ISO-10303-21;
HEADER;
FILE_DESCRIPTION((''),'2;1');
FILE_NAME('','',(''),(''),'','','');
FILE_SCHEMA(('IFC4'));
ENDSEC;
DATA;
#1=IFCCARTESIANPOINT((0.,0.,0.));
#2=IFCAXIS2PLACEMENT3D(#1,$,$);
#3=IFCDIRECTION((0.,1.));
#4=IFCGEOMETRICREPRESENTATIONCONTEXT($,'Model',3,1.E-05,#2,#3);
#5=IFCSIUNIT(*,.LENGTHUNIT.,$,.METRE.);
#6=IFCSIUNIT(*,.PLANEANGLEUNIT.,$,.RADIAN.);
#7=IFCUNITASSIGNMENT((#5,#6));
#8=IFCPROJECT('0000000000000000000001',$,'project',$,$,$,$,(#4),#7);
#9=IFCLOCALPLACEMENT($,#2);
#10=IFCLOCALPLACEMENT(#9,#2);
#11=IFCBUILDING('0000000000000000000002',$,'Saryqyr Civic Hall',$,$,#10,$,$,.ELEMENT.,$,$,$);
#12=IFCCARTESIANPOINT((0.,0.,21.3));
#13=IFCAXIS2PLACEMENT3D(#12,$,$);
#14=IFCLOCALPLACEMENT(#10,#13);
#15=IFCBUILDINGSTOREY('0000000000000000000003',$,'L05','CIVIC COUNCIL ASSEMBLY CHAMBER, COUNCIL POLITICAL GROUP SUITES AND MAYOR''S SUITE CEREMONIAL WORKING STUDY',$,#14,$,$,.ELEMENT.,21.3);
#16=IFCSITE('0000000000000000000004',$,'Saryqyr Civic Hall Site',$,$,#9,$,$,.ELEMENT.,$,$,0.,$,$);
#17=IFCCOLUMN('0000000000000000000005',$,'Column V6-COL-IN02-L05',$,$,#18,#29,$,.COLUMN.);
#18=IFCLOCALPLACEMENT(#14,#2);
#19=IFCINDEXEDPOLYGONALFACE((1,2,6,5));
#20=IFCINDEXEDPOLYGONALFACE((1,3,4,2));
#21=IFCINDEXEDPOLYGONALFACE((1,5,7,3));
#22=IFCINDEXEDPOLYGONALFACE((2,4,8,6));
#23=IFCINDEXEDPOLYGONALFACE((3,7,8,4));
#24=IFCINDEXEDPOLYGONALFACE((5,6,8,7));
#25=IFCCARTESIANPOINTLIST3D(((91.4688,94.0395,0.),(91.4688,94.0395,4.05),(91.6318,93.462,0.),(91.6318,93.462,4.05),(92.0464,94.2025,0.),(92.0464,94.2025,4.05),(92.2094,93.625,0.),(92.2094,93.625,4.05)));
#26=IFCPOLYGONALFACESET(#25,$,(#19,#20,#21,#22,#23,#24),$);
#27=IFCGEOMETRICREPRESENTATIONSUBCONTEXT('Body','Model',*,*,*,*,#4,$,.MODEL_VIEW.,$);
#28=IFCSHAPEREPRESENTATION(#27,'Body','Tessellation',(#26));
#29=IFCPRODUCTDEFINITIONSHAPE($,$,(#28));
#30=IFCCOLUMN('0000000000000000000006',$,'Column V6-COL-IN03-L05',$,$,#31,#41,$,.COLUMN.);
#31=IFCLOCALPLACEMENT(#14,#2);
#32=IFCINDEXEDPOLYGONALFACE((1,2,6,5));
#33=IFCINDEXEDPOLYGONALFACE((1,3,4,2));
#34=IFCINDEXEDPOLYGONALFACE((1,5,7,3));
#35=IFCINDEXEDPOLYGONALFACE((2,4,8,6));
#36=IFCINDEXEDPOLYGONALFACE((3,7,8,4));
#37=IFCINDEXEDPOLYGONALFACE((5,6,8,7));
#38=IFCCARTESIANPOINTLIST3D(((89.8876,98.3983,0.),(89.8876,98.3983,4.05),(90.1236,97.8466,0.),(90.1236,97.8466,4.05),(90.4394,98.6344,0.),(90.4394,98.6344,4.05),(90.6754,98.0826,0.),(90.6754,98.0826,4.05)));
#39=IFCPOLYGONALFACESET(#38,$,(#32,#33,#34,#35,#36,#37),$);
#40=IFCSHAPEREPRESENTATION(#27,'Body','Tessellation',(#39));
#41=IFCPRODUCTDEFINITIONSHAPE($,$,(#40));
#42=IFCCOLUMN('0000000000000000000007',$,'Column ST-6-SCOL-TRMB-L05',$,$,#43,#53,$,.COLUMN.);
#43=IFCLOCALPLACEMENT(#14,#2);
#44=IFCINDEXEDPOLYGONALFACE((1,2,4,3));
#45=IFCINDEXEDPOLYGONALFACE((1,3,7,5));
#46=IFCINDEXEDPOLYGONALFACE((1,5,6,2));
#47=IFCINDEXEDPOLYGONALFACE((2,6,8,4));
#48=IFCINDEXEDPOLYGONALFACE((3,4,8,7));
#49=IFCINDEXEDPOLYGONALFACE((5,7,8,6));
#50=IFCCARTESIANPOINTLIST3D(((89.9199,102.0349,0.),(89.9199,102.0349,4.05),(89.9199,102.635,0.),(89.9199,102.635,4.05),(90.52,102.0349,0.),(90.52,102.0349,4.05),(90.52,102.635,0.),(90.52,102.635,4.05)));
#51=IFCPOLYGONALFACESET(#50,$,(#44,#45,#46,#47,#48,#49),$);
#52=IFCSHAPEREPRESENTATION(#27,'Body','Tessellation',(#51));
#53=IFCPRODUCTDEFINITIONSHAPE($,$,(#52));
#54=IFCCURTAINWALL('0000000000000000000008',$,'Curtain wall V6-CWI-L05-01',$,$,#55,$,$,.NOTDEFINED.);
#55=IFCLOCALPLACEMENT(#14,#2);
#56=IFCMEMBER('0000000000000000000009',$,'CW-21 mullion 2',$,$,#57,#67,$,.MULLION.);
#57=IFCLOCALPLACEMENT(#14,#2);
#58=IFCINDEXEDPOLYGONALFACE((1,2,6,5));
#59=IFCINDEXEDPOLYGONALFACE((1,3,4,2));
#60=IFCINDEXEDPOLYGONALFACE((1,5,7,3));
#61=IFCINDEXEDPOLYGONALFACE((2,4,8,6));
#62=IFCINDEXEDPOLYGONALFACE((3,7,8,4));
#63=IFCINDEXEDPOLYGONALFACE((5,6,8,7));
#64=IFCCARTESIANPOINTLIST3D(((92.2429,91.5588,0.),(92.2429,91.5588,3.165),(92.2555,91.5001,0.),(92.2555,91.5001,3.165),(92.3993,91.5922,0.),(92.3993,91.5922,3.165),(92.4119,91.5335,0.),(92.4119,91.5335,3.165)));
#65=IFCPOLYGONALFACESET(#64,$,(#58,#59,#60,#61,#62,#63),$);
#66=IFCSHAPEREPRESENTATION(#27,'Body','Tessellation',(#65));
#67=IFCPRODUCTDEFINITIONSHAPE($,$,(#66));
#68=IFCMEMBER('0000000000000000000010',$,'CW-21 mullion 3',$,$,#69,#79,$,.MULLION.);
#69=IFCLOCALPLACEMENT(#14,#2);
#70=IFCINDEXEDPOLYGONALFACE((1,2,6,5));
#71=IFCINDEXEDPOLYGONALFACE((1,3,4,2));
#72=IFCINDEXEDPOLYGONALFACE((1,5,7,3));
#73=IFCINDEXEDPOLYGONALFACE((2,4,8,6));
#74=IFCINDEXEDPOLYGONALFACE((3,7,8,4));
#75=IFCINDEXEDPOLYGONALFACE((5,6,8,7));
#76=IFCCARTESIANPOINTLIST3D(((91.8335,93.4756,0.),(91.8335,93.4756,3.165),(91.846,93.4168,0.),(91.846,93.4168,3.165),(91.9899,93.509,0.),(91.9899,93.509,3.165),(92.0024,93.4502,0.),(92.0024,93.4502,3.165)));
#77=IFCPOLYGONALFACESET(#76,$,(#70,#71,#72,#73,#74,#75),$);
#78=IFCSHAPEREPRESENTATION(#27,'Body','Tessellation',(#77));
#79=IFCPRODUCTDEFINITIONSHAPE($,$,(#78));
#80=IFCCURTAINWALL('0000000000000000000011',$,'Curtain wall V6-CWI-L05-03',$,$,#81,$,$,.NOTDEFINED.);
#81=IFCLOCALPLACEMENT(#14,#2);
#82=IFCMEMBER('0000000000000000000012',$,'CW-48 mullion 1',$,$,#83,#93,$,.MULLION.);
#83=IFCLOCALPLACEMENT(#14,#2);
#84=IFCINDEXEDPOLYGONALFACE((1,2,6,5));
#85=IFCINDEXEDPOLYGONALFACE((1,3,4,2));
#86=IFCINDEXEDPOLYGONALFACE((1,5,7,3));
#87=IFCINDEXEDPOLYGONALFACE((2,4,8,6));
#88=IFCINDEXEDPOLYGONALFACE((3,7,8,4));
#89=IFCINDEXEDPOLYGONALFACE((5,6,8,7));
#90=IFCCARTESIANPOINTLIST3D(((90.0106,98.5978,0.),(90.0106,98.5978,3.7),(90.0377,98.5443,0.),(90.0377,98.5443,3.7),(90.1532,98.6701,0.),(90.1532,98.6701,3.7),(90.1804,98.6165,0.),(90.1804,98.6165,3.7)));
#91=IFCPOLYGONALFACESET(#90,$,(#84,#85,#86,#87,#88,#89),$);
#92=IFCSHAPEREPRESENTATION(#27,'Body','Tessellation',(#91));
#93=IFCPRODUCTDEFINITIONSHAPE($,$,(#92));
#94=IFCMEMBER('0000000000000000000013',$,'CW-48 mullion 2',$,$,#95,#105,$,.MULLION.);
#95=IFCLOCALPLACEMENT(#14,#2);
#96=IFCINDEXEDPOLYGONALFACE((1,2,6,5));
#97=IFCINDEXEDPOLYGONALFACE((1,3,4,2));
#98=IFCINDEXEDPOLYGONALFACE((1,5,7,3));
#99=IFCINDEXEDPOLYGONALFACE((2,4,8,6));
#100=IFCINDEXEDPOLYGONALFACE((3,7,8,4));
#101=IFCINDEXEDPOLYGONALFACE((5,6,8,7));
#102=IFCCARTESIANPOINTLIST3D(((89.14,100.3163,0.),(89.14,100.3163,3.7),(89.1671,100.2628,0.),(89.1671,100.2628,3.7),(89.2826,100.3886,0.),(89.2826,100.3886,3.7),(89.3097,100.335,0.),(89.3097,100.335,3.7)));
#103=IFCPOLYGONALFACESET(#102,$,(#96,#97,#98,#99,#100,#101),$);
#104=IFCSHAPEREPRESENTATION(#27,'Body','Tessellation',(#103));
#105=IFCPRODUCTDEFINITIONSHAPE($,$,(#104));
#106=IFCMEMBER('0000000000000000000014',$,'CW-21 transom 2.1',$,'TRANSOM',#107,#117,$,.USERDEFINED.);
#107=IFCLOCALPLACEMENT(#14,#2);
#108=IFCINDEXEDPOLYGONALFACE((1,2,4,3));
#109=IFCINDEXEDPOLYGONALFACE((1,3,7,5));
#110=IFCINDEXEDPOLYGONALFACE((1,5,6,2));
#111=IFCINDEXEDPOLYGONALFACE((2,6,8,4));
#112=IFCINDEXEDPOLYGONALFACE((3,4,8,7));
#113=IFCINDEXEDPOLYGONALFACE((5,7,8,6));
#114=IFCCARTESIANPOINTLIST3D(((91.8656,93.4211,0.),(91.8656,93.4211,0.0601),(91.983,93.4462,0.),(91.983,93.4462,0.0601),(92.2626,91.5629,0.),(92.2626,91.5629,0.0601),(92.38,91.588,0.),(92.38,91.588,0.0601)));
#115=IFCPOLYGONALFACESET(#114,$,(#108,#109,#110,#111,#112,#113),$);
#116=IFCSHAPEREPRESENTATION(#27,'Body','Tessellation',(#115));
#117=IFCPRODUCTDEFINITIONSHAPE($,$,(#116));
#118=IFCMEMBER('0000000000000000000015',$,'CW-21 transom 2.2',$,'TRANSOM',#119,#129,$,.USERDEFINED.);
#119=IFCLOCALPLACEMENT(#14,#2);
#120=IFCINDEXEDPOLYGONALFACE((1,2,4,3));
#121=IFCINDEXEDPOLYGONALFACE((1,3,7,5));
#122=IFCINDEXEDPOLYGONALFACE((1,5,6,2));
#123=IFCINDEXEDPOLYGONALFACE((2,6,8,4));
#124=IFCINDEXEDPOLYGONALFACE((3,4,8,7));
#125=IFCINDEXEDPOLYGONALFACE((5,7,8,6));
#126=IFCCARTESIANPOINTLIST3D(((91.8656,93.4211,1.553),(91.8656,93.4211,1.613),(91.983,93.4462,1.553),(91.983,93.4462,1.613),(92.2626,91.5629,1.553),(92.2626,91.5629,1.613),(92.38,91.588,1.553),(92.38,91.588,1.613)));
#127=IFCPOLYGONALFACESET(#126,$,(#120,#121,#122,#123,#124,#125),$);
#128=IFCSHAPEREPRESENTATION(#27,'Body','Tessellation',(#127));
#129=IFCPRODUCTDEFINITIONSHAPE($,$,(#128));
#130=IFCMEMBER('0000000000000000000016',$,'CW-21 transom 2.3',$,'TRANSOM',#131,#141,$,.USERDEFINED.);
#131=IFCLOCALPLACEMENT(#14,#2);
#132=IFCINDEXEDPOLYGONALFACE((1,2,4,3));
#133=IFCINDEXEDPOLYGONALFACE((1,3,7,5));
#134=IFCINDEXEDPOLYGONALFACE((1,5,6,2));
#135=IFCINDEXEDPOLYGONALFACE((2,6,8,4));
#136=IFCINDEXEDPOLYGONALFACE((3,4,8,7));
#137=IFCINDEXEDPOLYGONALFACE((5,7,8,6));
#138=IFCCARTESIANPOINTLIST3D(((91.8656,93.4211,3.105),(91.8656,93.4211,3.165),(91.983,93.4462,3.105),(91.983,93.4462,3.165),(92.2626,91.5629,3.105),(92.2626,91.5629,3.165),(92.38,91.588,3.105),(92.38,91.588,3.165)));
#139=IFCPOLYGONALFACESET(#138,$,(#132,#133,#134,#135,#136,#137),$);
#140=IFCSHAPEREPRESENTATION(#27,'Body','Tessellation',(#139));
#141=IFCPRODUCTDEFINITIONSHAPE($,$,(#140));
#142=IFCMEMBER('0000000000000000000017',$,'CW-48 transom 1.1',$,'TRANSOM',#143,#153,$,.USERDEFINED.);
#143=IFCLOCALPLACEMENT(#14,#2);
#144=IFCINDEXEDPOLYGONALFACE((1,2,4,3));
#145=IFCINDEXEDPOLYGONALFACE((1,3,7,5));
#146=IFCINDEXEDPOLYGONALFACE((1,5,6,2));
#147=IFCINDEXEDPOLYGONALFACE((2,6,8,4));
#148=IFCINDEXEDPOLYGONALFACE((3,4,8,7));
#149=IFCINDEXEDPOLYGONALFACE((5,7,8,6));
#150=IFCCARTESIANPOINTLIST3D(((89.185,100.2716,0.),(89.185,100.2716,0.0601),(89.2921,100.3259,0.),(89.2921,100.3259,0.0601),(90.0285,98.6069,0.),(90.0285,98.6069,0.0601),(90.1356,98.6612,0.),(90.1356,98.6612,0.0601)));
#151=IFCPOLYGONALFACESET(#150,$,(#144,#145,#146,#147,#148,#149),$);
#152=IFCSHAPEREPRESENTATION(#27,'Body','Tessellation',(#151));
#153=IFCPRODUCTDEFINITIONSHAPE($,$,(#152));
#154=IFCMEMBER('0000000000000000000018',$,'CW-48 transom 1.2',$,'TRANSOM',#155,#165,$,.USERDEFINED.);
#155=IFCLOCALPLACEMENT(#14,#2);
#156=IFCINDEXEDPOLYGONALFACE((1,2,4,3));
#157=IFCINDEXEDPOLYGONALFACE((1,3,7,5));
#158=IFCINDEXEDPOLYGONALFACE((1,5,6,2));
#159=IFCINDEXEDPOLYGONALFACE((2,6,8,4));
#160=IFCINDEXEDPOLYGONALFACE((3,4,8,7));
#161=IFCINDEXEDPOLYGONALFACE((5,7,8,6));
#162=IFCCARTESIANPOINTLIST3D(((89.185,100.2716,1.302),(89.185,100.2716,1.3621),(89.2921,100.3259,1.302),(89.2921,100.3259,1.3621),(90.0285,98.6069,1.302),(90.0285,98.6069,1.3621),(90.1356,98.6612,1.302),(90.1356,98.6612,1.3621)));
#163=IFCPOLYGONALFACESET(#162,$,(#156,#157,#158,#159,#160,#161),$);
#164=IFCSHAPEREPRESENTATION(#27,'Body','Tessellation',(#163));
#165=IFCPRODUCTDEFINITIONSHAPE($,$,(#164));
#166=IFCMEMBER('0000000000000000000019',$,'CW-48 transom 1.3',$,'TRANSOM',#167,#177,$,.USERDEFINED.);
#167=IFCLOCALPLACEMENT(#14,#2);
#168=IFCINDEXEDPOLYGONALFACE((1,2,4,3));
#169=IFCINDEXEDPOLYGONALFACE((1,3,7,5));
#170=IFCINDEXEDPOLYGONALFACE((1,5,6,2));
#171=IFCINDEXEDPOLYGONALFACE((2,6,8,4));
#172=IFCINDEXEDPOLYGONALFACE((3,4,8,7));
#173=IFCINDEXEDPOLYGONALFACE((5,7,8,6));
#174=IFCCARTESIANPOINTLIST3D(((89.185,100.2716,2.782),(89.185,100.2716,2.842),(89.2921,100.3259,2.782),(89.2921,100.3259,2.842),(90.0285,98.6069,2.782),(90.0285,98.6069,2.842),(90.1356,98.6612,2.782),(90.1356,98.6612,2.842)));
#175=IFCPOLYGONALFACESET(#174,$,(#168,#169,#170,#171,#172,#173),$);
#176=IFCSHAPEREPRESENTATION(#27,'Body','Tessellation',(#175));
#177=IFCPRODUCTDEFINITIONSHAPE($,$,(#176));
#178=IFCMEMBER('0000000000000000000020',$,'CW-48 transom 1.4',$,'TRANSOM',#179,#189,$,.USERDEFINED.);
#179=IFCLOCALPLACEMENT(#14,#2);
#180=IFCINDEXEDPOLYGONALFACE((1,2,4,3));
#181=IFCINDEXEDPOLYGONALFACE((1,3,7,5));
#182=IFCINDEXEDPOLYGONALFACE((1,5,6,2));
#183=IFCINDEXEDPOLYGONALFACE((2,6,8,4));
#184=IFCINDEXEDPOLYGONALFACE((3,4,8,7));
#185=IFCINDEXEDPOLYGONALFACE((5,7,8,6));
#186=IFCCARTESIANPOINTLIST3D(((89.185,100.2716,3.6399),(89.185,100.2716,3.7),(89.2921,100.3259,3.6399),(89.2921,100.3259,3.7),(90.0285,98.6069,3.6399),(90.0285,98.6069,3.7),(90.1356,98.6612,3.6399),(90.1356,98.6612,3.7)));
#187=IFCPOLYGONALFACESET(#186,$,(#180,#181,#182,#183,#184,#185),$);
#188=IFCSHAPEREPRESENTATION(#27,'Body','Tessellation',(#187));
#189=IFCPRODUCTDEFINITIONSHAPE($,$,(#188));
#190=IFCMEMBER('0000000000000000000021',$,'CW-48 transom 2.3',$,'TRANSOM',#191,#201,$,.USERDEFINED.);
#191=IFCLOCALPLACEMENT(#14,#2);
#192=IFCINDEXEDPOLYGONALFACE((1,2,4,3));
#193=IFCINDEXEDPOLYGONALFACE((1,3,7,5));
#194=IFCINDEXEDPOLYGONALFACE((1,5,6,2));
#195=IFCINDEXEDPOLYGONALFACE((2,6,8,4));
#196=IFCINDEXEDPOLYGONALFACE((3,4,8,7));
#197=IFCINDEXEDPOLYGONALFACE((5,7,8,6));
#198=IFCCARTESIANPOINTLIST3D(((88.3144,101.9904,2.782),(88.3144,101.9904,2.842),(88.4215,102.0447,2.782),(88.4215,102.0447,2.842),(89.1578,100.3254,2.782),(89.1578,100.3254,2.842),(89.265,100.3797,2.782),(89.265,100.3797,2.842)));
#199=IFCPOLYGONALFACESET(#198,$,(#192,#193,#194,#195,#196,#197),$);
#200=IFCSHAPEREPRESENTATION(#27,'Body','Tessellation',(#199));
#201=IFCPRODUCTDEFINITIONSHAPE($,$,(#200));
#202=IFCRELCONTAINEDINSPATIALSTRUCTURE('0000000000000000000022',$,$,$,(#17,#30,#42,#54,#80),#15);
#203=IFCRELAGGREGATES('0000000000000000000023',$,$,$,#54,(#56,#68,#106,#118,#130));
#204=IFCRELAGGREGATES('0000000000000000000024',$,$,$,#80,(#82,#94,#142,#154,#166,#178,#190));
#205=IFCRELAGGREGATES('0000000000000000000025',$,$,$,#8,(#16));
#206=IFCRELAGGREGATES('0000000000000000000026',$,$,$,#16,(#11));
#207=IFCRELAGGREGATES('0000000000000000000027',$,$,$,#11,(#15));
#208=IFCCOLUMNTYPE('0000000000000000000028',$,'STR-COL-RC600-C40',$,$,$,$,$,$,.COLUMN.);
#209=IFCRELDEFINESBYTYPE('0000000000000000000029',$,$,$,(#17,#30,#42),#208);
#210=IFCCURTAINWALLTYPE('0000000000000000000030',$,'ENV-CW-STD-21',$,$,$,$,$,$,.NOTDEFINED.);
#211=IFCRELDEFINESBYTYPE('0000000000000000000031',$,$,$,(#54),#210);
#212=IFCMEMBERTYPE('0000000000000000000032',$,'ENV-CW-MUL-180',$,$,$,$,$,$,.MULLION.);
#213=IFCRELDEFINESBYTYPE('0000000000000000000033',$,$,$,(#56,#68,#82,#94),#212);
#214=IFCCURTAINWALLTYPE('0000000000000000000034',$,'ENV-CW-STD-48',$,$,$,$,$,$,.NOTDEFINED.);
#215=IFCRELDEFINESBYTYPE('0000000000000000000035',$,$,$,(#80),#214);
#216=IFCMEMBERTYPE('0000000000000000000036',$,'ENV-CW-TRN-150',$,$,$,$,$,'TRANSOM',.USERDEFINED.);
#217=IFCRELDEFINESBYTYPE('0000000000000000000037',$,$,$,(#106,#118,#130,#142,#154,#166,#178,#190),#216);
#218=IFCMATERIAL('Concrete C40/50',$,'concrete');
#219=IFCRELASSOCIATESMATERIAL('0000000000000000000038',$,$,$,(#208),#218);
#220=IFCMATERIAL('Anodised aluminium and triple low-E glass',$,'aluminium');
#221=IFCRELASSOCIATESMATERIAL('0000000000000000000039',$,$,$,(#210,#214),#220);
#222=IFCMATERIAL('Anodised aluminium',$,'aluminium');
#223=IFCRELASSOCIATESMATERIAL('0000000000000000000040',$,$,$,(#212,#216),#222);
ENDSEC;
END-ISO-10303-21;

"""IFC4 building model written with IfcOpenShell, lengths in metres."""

from ifc_helpers import new_model, si_unit, direction, frame, origin, origin_2d, place, context, subcontext, project, spatial, rectangle, extrude, material, material_profile, profile_set, type_object, element, aggregate, save


model = new_model("IFC4")

# Units and contexts
model_context = context("Model", 3, precision=1e-05, world=origin(), true_north=direction((0.0, 1.0)))
body_context = subcontext(model_context, "Body", "Model", "MODEL_VIEW")
ifc_project = project(units=[si_unit("LENGTHUNIT", "METRE"), si_unit("PLANEANGLEUNIT", "RADIAN")], contexts=[model_context])

# Site, building, storey
site_placement = place(None, origin())
site = spatial("IfcSite", under=ifc_project, at=site_placement, Name="Saryqyr Civic Hall Site", CompositionType="ELEMENT", RefElevation=0.0)
building_placement = place(site_placement, origin())
building = spatial("IfcBuilding", under=site, at=building_placement, Name="Saryqyr Civic Hall", CompositionType="ELEMENT")
storey_placement = place(building_placement, frame((0.0, 0.0, 21.3)))
storey = spatial("IfcBuildingStorey", under=building, at=storey_placement, Name="L05", Description="CIVIC COUNCIL ASSEMBLY CHAMBER, COUNCIL POLITICAL GROUP SUITES AND MAYOR'S SUITE CEREMONIAL WORKING STUDY", CompositionType="ELEMENT", Elevation=21.3)

# Columns
ifc_material_1 = material(Name="Concrete C40/50", Category="concrete")
ifc_material_profile_1 = material_profile(ifc_material_1, rectangle(XDim=0.6001, YDim=0.6001, at=origin_2d()), Name="RC 600x600")
ifc_profile_set_1 = profile_set([ifc_material_profile_1], Name="Concrete C40/50")
column_type = type_object("IfcColumnType", Name="STR-COL-RC600-C40", PredefinedType="COLUMN", material=ifc_profile_set_1)
for number, where, z_axis, x_axis, name in (
    (1, (91.8391, 93.8323, 0.0), (0.0, 0.0, 1.0), (0.962408, 0.271608, 0.0), "Column V6-COL-IN02-L05"),
    (2, (90.2815, 98.2405, 0.0), (0.0, 0.0, 1.0), (0.91941, 0.3933, 0.0), "Column V6-COL-IN03-L05"),
    (3, (90.22, 102.335, 0.0), (0.0, 0.0, 1.0), (1.0, 0.0, 0.0), "Column ST-6-SCOL-TRMB-L05"),
):
    element("IfcColumn", number, at=place(storey_placement, frame(where, z_axis=z_axis, x_axis=x_axis)), inside=storey, type_object=column_type, Name=name, PredefinedType="COLUMN", context=body_context, shape_type="SweptSolid", body=[
        extrude(rectangle(XDim=0.6001, YDim=0.6001, at=origin_2d()), origin(), (0.0, 0.0, 1.0), 4.05),
    ])

# Curtain walls, members
ifc_material_2 = material(Name="Anodised aluminium and triple low-E glass", Category="aluminium")
curtain_wall_type_1 = type_object("IfcCurtainWallType", Name="ENV-CW-STD-21", PredefinedType="NOTDEFINED", material=ifc_material_2)
curtain_wall_1_placement = place(storey_placement, origin())
curtain_wall_1 = element("IfcCurtainWall", 4, at=curtain_wall_1_placement, inside=storey, type_object=curtain_wall_type_1, Name="Curtain wall V6-CWI-L05-01", PredefinedType="NOTDEFINED")
ifc_material_3 = material(Name="Anodised aluminium", Category="aluminium")
ifc_material_profile_2 = material_profile(ifc_material_3, rectangle(XDim=0.0601, YDim=0.1599, at=origin_2d()), Name="ALU MULLION 60x160")
ifc_profile_set_2 = profile_set([ifc_material_profile_2], Name="Anodised aluminium")
member_type_1 = type_object("IfcMemberType", Name="ENV-CW-MUL-180", PredefinedType="MULLION", material=ifc_profile_set_2)
member_1_placement = place(storey_placement, frame((92.3274, 91.5461, 0.0), z_axis=(0.0, 0.0, 1.0), x_axis=(-0.208899, 0.977937, 0.0)))
member_1 = element("IfcMember", 5, at=member_1_placement, type_object=member_type_1, Name="CW-21 mullion 2", PredefinedType="MULLION", context=body_context, shape_type="SweptSolid", body=[
    extrude(rectangle(XDim=0.0601, YDim=0.1599, at=origin_2d()), origin(), (0.0, 0.0, 1.0), 3.165),
])
member_2_placement = place(storey_placement, frame((91.918, 93.4629, 0.0), z_axis=(0.0, 0.0, 1.0), x_axis=(-0.208899, 0.977937, 0.0)))
member_2 = element("IfcMember", 6, at=member_2_placement, type_object=member_type_1, Name="CW-21 mullion 3", PredefinedType="MULLION", context=body_context, shape_type="SweptSolid", body=[
    extrude(rectangle(XDim=0.0601, YDim=0.1599, at=origin_2d()), origin(), (0.0, 0.0, 1.0), 3.165),
])
curtain_wall_type_2 = type_object("IfcCurtainWallType", Name="ENV-CW-STD-48", PredefinedType="NOTDEFINED", material=ifc_material_2)
curtain_wall_2_placement = place(storey_placement, origin())
curtain_wall_2 = element("IfcCurtainWall", 7, at=curtain_wall_2_placement, inside=storey, type_object=curtain_wall_type_2, Name="Curtain wall V6-CWI-L05-03", PredefinedType="NOTDEFINED")
member_3_placement = place(storey_placement, frame((90.0955, 98.6072, 0.0), z_axis=(0.0, 0.0, 1.0), x_axis=(-0.45191, 0.892064, 0.0)))
member_3 = element("IfcMember", 8, at=member_3_placement, type_object=member_type_1, Name="CW-48 mullion 1", PredefinedType="MULLION", context=body_context, shape_type="SweptSolid", body=[
    extrude(rectangle(XDim=0.0601, YDim=0.1599, at=origin_2d()), origin(), (0.0, 0.0, 1.0), 3.7),
])
member_4_placement = place(storey_placement, frame((89.2249, 100.3257, 0.0), z_axis=(0.0, 0.0, 1.0), x_axis=(-0.45191, 0.892064, 0.0)))
member_4 = element("IfcMember", 9, at=member_4_placement, type_object=member_type_1, Name="CW-48 mullion 2", PredefinedType="MULLION", context=body_context, shape_type="SweptSolid", body=[
    extrude(rectangle(XDim=0.0601, YDim=0.1599, at=origin_2d()), origin(), (0.0, 0.0, 1.0), 3.7),
])

# Members
ifc_material_profile_3 = material_profile(ifc_material_3, rectangle(XDim=0.1201, YDim=0.0601, at=origin_2d()), Name="ALU TRANSOM 120x60")
ifc_profile_set_3 = profile_set([ifc_material_profile_3], Name="Anodised aluminium")
member_type_2 = type_object("IfcMemberType", Name="ENV-CW-TRN-150", ElementType="TRANSOM", PredefinedType="USERDEFINED", material=ifc_profile_set_3)
member_5_placement = place(storey_placement, frame((92.3213, 91.5754, 0.03), z_axis=(-0.208924, 0.977932, 0.0), x_axis=(-0.977932, -0.208924, 0.0)))
member_5 = element("IfcMember", 10, at=member_5_placement, type_object=member_type_2, Name="CW-21 transom 2.1", ObjectType="TRANSOM", PredefinedType="USERDEFINED", context=body_context, shape_type="SweptSolid", body=[
    extrude(rectangle(XDim=0.1201, YDim=0.0601, at=origin_2d()), origin(), (0.0, 0.0, 1.0), 1.9001),
])
member_6_placement = place(storey_placement, frame((92.3213, 91.5754, 1.583), z_axis=(-0.208924, 0.977932, 0.0), x_axis=(-0.977932, -0.208924, 0.0)))
member_6 = element("IfcMember", 11, at=member_6_placement, type_object=member_type_2, Name="CW-21 transom 2.2", ObjectType="TRANSOM", PredefinedType="USERDEFINED", context=body_context, shape_type="SweptSolid", body=[
    extrude(rectangle(XDim=0.1201, YDim=0.0601, at=origin_2d()), origin(), (0.0, 0.0, 1.0), 1.9001),
])
member_7_placement = place(storey_placement, frame((92.3213, 91.5754, 3.135), z_axis=(-0.208924, 0.977932, 0.0), x_axis=(-0.977932, -0.208924, 0.0)))
member_7 = element("IfcMember", 12, at=member_7_placement, type_object=member_type_2, Name="CW-21 transom 2.3", ObjectType="TRANSOM", PredefinedType="USERDEFINED", context=body_context, shape_type="SweptSolid", body=[
    extrude(rectangle(XDim=0.1201, YDim=0.0601, at=origin_2d()), origin(), (0.0, 0.0, 1.0), 1.9001),
])
member_8_placement = place(storey_placement, frame((90.082, 98.634, 0.03), z_axis=(-0.451969, 0.892034, 0.0), x_axis=(-0.892034, -0.451969, 0.0)))
member_8 = element("IfcMember", 13, at=member_8_placement, type_object=member_type_2, Name="CW-48 transom 1.1", ObjectType="TRANSOM", PredefinedType="USERDEFINED", context=body_context, shape_type="SweptSolid", body=[
    extrude(rectangle(XDim=0.1201, YDim=0.0601, at=origin_2d()), origin(), (0.0, 0.0, 1.0), 1.8662),
])
member_9_placement = place(storey_placement, frame((90.082, 98.634, 1.332), z_axis=(-0.451969, 0.892034, 0.0), x_axis=(-0.892034, -0.451969, 0.0)))
member_9 = element("IfcMember", 14, at=member_9_placement, type_object=member_type_2, Name="CW-48 transom 1.2", ObjectType="TRANSOM", PredefinedType="USERDEFINED", context=body_context, shape_type="SweptSolid", body=[
    extrude(rectangle(XDim=0.1201, YDim=0.0601, at=origin_2d()), origin(), (0.0, 0.0, 1.0), 1.8662),
])
member_10_placement = place(storey_placement, frame((90.082, 98.634, 2.812), z_axis=(-0.451969, 0.892034, 0.0), x_axis=(-0.892034, -0.451969, 0.0)))
member_10 = element("IfcMember", 15, at=member_10_placement, type_object=member_type_2, Name="CW-48 transom 1.3", ObjectType="TRANSOM", PredefinedType="USERDEFINED", context=body_context, shape_type="SweptSolid", body=[
    extrude(rectangle(XDim=0.1201, YDim=0.0601, at=origin_2d()), origin(), (0.0, 0.0, 1.0), 1.8662),
])
member_11_placement = place(storey_placement, frame((90.082, 98.634, 3.6699), z_axis=(-0.451969, 0.892034, 0.0), x_axis=(-0.892034, -0.451969, 0.0)))
member_11 = element("IfcMember", 16, at=member_11_placement, type_object=member_type_2, Name="CW-48 transom 1.4", ObjectType="TRANSOM", PredefinedType="USERDEFINED", context=body_context, shape_type="SweptSolid", body=[
    extrude(rectangle(XDim=0.1201, YDim=0.0601, at=origin_2d()), origin(), (0.0, 0.0, 1.0), 1.8662),
])
member_12_placement = place(storey_placement, frame((89.2114, 100.3525, 2.812), z_axis=(-0.451916, 0.89206, 0.0), x_axis=(-0.89206, -0.451916, 0.0)))
member_12 = element("IfcMember", 17, at=member_12_placement, type_object=member_type_2, Name="CW-48 transom 2.3", ObjectType="TRANSOM", PredefinedType="USERDEFINED", context=body_context, shape_type="SweptSolid", body=[
    extrude(rectangle(XDim=0.1201, YDim=0.0601, at=origin_2d()), origin(), (0.0, 0.0, 1.0), 1.8665),
])

aggregate(curtain_wall_1, [member_1, member_2, member_5, member_6, member_7])
aggregate(curtain_wall_2, [member_3, member_4, member_8, member_9, member_10, member_11, member_12])

save(model, "model.ifc")
